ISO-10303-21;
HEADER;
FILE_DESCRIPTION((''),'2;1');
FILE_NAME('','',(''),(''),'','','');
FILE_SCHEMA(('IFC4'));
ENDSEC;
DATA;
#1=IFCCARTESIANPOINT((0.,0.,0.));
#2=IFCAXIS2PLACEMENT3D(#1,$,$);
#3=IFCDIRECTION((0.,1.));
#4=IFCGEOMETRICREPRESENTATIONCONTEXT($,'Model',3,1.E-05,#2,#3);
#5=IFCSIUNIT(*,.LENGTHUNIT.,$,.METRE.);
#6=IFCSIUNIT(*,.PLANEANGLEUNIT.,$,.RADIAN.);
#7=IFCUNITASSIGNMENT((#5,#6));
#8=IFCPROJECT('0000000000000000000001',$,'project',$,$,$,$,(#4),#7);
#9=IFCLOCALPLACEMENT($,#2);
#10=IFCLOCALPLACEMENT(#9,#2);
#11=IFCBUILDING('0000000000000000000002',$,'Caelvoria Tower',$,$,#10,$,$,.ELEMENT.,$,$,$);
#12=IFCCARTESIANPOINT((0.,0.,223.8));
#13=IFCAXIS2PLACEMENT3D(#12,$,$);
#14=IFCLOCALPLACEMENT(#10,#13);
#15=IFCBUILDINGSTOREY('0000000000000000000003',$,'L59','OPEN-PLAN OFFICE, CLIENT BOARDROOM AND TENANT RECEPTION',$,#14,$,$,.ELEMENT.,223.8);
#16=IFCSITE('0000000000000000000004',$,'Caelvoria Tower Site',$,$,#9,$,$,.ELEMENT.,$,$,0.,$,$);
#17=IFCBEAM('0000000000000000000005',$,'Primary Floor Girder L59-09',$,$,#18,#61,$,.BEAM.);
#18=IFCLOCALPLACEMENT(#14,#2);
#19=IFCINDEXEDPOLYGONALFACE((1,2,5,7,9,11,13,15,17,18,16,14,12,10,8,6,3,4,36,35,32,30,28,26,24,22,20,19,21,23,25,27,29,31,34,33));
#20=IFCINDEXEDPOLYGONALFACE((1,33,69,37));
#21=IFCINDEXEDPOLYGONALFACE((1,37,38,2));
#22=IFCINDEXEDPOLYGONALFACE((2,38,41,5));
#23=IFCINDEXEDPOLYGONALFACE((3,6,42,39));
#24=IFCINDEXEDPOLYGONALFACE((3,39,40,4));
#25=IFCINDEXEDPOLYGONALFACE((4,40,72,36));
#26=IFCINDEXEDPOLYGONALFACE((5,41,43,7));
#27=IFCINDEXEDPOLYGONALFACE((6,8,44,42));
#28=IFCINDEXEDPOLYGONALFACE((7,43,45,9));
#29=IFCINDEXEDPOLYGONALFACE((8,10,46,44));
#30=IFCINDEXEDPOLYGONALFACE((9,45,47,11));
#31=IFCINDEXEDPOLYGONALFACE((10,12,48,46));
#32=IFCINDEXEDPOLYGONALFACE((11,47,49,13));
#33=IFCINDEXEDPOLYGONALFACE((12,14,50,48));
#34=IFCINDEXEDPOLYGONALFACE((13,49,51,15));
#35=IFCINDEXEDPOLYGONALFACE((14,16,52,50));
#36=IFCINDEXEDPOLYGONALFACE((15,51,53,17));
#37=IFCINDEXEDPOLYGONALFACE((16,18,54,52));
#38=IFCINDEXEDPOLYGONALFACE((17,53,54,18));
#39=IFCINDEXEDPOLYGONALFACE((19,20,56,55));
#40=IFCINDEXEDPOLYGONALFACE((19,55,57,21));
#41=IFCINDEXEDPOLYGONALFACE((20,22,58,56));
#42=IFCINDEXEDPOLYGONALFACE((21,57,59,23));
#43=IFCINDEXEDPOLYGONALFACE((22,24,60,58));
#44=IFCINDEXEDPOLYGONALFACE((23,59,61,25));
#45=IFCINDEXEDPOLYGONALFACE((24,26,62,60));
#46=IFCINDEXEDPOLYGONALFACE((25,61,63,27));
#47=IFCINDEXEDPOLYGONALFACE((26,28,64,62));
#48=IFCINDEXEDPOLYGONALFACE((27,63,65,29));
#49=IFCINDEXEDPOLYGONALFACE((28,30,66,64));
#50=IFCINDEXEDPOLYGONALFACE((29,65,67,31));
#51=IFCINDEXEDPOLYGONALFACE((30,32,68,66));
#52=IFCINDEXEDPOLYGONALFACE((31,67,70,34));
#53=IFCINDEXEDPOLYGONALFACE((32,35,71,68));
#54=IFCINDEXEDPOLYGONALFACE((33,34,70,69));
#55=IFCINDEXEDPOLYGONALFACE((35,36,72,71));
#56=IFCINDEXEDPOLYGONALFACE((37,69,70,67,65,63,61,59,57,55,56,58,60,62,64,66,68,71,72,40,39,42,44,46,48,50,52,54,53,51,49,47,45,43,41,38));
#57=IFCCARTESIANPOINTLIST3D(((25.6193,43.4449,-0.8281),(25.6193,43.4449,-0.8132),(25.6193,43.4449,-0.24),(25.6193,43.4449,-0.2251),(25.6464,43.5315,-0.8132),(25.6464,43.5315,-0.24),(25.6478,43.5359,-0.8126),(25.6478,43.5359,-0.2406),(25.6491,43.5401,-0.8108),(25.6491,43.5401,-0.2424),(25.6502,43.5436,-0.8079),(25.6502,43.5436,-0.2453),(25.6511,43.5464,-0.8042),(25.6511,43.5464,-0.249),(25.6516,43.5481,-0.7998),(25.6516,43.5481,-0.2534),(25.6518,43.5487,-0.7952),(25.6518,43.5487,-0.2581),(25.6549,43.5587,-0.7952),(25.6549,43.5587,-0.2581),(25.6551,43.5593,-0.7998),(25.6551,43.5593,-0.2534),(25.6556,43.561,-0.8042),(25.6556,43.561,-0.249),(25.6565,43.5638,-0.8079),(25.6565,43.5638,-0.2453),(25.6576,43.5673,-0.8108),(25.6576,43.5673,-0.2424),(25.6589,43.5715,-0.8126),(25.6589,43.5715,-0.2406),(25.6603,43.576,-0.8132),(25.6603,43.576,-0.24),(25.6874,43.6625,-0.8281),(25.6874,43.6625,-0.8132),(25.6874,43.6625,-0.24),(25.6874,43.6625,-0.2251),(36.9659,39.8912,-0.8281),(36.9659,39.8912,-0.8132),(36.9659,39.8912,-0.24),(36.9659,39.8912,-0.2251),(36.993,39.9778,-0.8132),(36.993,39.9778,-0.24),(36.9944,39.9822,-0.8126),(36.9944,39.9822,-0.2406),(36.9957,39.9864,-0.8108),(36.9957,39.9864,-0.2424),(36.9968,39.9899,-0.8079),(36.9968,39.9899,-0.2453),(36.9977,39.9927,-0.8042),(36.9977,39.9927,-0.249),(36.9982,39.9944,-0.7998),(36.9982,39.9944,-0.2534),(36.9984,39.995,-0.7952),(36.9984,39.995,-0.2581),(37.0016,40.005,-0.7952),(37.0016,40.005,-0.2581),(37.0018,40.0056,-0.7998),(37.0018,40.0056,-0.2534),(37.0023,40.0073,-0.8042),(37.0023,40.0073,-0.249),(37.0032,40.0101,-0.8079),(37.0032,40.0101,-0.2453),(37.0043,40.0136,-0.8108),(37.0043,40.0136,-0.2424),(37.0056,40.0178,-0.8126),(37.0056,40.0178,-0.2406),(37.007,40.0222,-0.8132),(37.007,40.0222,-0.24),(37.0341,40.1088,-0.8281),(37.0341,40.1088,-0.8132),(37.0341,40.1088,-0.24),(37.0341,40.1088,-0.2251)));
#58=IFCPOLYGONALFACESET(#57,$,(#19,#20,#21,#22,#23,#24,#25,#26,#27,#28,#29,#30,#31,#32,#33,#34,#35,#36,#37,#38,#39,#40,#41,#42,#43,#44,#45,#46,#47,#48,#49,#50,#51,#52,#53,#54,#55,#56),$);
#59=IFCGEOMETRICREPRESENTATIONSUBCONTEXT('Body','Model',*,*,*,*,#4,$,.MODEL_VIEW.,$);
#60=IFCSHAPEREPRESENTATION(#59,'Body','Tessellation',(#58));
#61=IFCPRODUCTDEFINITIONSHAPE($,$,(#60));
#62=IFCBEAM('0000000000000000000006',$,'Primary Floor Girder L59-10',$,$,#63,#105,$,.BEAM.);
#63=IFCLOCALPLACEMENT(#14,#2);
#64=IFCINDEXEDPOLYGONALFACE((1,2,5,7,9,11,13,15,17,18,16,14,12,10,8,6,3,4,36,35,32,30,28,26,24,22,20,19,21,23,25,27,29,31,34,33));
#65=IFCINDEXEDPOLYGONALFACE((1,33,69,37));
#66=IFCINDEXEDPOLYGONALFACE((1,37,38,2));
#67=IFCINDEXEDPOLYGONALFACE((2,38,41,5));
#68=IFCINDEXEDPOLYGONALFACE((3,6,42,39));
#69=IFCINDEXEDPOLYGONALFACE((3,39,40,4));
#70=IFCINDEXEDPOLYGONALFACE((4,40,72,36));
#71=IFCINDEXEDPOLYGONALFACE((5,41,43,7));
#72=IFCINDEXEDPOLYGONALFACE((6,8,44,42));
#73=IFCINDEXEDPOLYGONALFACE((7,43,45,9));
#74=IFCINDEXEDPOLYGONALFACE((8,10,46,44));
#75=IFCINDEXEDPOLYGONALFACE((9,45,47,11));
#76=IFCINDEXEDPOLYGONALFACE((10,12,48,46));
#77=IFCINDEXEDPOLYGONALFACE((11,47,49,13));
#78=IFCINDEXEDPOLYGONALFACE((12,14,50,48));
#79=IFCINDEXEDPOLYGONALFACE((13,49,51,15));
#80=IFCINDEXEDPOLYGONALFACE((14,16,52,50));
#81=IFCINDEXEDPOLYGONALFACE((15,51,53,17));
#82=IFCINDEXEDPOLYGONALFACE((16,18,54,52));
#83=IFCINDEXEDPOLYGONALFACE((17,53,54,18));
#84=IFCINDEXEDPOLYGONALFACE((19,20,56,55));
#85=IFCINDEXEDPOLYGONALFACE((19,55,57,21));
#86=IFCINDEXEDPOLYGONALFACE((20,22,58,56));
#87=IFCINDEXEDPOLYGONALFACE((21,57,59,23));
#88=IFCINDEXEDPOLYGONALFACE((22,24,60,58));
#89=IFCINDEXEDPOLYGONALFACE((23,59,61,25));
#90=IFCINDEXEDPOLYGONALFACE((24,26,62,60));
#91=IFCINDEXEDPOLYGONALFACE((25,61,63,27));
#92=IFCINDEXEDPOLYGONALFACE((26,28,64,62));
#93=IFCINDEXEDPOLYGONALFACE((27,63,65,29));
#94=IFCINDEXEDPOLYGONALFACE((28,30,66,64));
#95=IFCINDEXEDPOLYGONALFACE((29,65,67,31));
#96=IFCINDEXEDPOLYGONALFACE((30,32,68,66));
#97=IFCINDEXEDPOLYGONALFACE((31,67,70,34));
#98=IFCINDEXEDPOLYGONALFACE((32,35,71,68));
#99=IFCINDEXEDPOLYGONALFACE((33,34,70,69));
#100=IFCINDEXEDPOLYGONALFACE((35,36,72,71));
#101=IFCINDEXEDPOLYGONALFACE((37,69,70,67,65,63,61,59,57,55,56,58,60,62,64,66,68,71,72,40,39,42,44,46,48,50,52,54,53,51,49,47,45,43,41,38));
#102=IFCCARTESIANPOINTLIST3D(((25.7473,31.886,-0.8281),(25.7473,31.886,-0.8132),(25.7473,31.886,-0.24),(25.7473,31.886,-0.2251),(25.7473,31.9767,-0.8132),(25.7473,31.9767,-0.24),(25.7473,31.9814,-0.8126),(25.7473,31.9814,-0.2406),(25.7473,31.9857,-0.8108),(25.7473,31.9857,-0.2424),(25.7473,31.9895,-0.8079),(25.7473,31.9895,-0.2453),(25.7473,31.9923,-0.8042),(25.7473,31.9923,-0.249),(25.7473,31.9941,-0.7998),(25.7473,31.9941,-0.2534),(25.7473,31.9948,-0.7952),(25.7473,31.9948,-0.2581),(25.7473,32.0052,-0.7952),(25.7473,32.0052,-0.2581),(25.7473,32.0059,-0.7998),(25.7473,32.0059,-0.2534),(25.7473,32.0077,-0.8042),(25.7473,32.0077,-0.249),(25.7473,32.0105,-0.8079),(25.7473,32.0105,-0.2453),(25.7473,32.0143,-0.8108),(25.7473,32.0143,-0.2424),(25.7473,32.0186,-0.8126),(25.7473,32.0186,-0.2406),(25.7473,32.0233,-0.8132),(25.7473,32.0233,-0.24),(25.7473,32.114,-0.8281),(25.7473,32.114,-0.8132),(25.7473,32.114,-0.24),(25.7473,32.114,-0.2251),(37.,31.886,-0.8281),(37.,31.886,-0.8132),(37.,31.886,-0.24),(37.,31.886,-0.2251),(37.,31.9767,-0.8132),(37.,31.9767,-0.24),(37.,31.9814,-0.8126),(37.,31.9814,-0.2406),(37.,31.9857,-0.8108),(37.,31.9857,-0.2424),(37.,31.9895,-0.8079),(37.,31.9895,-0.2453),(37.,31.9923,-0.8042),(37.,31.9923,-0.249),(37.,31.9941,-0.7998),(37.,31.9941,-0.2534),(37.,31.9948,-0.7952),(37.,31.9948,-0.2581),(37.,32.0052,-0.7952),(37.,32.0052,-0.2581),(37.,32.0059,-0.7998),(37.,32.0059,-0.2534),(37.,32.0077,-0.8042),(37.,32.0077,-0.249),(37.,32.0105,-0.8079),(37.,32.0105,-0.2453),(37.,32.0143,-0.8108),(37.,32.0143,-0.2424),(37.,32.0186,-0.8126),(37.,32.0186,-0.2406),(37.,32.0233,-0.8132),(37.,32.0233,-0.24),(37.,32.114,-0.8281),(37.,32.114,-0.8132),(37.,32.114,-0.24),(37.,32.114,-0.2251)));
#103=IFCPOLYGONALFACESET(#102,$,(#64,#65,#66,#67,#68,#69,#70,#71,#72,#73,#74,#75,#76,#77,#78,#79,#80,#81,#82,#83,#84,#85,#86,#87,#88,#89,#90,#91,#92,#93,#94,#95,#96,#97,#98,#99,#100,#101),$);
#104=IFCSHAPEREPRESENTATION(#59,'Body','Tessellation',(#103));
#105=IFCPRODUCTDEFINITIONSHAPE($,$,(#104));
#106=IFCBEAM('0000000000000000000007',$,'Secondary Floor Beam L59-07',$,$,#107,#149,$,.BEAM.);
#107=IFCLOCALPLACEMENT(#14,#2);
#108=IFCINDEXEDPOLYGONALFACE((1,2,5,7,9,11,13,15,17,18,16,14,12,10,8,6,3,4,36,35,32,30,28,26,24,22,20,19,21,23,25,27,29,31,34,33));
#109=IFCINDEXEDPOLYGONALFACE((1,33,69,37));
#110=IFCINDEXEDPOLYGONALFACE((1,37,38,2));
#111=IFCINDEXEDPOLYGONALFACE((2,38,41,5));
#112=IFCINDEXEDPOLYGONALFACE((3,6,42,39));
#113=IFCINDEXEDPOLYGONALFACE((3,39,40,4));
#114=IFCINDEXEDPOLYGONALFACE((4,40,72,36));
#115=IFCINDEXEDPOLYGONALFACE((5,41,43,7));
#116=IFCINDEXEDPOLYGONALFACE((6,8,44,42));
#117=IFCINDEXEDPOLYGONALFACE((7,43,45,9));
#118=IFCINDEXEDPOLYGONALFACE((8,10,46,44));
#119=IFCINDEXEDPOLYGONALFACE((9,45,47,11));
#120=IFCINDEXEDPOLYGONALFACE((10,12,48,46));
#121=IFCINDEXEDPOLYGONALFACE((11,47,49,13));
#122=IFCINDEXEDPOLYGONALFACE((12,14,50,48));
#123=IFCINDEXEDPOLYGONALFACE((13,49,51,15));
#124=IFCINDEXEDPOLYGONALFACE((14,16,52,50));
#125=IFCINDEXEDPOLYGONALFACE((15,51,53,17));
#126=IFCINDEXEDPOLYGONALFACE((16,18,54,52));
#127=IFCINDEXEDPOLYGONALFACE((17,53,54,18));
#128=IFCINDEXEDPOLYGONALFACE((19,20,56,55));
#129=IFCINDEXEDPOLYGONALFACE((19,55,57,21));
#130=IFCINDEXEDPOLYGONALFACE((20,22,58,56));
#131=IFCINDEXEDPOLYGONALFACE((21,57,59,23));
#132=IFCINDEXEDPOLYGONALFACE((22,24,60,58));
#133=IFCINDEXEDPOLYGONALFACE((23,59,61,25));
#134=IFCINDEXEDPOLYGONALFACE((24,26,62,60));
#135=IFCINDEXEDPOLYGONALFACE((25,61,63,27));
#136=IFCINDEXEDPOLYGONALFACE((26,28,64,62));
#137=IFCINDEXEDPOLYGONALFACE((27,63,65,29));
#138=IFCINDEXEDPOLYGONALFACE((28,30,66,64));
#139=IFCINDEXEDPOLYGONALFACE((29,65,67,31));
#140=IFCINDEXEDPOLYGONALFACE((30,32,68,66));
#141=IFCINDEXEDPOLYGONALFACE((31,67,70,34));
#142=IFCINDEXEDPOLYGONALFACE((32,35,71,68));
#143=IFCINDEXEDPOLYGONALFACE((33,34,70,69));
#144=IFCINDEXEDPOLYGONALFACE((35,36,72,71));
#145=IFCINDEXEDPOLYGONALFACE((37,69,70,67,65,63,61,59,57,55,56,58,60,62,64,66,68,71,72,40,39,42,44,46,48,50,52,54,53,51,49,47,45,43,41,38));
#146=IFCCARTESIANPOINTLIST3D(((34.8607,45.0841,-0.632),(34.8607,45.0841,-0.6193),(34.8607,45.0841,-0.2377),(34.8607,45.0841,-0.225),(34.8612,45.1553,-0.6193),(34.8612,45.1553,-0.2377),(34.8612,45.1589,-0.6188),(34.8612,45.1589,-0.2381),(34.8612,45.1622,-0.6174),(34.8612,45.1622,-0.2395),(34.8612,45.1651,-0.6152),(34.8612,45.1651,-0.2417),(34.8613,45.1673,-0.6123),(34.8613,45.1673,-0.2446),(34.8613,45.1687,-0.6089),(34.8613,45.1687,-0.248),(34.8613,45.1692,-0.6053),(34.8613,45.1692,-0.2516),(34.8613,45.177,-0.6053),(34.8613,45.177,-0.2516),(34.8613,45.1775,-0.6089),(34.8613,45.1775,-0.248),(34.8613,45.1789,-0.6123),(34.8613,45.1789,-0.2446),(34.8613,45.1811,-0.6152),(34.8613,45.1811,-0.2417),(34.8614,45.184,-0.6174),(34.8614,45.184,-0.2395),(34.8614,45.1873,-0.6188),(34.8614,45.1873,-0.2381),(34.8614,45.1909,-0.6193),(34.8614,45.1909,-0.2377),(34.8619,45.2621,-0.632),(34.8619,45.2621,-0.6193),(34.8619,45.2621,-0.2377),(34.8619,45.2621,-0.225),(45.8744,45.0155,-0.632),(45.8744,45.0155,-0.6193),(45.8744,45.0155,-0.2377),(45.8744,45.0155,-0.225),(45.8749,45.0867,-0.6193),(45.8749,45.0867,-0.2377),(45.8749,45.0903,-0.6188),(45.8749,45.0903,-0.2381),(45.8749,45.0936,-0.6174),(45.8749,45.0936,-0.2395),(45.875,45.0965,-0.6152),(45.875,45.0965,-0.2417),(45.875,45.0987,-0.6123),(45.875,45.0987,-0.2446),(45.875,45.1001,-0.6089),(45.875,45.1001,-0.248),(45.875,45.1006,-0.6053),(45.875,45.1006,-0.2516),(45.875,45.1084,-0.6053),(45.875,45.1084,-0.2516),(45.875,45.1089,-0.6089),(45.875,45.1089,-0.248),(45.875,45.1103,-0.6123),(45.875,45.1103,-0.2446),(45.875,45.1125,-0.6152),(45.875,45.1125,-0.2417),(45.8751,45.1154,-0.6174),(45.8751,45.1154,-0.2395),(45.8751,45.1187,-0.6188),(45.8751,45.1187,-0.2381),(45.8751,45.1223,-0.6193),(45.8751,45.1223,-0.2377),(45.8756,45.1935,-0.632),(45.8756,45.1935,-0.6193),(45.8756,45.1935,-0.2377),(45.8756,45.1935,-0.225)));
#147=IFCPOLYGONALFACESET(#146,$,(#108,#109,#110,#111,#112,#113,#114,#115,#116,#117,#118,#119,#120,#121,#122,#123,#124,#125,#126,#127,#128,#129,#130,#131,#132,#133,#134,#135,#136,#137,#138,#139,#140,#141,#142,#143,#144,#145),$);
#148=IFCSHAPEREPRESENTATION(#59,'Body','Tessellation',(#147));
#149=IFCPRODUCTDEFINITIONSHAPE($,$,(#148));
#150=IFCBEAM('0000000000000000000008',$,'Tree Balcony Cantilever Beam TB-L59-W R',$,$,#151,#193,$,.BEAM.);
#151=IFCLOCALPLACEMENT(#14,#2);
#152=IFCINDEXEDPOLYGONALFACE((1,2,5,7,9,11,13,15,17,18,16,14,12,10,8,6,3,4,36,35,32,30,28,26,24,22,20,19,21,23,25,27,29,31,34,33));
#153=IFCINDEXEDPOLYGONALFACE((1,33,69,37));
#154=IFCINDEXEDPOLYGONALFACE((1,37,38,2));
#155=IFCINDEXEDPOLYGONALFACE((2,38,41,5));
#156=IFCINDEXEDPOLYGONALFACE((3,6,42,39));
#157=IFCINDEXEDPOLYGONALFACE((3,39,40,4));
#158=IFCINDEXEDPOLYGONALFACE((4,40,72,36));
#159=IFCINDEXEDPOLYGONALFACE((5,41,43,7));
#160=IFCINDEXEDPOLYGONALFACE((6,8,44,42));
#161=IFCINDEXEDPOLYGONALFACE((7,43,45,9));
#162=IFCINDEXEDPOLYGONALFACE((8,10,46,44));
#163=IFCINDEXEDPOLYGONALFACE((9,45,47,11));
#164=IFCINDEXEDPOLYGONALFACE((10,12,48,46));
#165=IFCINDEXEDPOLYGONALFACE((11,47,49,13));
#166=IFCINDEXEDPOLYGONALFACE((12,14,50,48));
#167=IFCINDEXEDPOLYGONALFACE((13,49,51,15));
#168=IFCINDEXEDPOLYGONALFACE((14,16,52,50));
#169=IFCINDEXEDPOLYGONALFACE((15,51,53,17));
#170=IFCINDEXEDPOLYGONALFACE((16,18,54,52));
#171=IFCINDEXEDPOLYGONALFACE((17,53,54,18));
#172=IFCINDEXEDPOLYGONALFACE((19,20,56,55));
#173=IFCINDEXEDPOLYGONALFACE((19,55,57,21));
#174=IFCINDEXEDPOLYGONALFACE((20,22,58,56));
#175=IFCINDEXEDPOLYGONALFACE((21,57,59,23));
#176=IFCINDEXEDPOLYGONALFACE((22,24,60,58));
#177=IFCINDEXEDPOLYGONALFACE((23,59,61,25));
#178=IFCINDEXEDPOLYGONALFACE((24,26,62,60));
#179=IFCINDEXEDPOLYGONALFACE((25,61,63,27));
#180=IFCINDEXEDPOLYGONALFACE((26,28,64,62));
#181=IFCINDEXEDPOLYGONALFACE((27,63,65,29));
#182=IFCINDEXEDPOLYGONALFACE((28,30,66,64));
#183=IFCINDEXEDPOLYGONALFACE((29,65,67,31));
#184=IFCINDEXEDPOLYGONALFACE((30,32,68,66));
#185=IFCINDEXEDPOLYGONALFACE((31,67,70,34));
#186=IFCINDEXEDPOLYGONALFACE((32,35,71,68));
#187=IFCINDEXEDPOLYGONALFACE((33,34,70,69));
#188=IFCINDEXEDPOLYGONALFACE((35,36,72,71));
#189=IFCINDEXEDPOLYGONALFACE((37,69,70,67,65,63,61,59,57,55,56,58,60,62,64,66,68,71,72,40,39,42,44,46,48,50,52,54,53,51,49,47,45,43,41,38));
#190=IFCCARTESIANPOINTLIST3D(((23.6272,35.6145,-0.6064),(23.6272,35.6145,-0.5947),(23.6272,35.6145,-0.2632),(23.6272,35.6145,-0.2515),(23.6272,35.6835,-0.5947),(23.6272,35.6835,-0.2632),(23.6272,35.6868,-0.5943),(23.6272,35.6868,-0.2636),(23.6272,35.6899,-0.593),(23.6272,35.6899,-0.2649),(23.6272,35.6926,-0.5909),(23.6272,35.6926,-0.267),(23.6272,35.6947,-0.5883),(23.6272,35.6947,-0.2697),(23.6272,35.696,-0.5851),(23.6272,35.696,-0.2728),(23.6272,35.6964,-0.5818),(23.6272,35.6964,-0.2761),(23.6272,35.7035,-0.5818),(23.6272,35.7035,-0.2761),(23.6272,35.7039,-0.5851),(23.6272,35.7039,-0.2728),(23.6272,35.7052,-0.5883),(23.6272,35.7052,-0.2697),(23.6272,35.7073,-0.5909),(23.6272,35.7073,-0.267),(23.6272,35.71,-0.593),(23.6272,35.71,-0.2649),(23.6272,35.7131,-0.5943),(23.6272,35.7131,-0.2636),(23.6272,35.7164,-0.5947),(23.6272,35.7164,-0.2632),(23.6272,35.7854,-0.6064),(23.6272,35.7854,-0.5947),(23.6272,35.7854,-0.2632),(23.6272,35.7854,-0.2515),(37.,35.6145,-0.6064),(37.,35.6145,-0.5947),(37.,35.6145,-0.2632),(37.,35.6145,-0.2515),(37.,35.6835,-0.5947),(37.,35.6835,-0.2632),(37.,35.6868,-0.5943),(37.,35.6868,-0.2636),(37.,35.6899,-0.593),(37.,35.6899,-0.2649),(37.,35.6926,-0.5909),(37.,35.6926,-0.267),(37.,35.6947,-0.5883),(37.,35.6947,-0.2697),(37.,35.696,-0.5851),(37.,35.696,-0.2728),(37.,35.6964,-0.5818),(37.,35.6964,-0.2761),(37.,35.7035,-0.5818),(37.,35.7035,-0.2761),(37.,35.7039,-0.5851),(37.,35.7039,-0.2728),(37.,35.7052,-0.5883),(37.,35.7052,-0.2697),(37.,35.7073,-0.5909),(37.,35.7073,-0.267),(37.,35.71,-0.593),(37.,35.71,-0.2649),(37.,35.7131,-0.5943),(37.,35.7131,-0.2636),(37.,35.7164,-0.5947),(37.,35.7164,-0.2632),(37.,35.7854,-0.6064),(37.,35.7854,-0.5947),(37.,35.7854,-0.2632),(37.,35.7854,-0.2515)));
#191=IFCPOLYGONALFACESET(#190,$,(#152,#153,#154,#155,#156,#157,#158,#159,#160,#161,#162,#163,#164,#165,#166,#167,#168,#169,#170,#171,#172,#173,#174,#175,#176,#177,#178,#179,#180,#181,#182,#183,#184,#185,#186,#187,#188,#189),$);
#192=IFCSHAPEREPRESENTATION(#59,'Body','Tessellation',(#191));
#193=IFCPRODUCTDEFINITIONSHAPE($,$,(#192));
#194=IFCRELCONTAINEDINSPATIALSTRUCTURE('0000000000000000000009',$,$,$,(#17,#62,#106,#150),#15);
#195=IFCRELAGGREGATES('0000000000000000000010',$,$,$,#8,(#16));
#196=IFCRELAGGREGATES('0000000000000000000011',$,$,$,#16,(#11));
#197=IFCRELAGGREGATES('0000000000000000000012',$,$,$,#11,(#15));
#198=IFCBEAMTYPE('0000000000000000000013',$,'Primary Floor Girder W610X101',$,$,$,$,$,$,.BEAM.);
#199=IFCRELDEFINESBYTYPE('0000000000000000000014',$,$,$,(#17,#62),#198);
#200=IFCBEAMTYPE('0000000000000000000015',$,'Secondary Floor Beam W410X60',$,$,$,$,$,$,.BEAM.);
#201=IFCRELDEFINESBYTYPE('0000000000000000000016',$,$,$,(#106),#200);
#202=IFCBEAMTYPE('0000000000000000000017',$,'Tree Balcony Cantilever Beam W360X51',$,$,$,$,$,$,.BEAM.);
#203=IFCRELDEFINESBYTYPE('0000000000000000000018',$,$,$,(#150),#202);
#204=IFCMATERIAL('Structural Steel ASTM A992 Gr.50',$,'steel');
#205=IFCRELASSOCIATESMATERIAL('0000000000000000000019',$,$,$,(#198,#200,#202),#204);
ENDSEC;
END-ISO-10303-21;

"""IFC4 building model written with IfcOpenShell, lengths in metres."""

from ifc_helpers import new_model, si_unit, direction, frame, origin, origin_2d, place, context, subcontext, project, spatial, i_section, extrude, material, material_profile, profile_set, type_object, element, save


model = new_model("IFC4")

# Units and contexts
model_context = context("Model", 3, precision=1e-05, world=origin(), true_north=direction((0.0, 1.0)))
body_context = subcontext(model_context, "Body", "Model", "MODEL_VIEW")
ifc_project = project(units=[si_unit("LENGTHUNIT", "METRE"), si_unit("PLANEANGLEUNIT", "RADIAN")], contexts=[model_context])

# Site, building, storey
site_placement = place(None, origin())
site = spatial("IfcSite", under=ifc_project, at=site_placement, Name="Caelvoria Tower Site", CompositionType="ELEMENT", RefElevation=0.0)
building_placement = place(site_placement, origin())
building = spatial("IfcBuilding", under=site, at=building_placement, Name="Caelvoria Tower", CompositionType="ELEMENT")
storey_placement = place(building_placement, frame((0.0, 0.0, 223.8)))
storey = spatial("IfcBuildingStorey", under=building, at=storey_placement, Name="L59", Description="OPEN-PLAN OFFICE, CLIENT BOARDROOM AND TENANT RECEPTION", CompositionType="ELEMENT", Elevation=223.8)

# Shared definitions
ifc_material_1 = material(Name="Structural Steel ASTM A992 Gr.50", Category="steel")

# Beams
ifc_material_profile_1 = material_profile(ifc_material_1, i_section(OverallWidth=0.228, OverallDepth=0.603, WebThickness=0.0105, FlangeThickness=0.0149, FilletRadius=0.0181, at=origin_2d()), Name="Structural Steel ASTM A992 Gr.50")
ifc_profile_set_1 = profile_set([ifc_material_profile_1], Name="W610X101 - Structural Steel ASTM A992 Gr.50")
beam_type_1 = type_object("IfcBeamType", Name="Primary Floor Girder W610X101", PredefinedType="BEAM", material=ifc_profile_set_1)
beam_1_placement = place(storey_placement, frame((37.0, 40.0, -0.5266), z_axis=(-0.954291, 0.298878, 0.0), x_axis=(-0.298878, -0.954291, 0.0)))
element("IfcBeam", 1, at=beam_1_placement, inside=storey, type_object=beam_type_1, Name="Primary Floor Girder L59-09", PredefinedType="BEAM", context=body_context, shape_type="SweptSolid", body=[
    extrude(i_section(OverallWidth=0.228, OverallDepth=0.603, WebThickness=0.0105, FlangeThickness=0.0149, FilletRadius=0.0181, at=origin_2d()), origin(), (0.0, 0.0, 1.0), 11.8901),
])
beam_2_placement = place(storey_placement, frame((37.0, 32.0, -0.5266), z_axis=(-1.0, 0.0, 0.0), x_axis=(0.0, -1.0, 0.0)))
element("IfcBeam", 2, at=beam_2_placement, inside=storey, type_object=beam_type_1, Name="Primary Floor Girder L59-10", PredefinedType="BEAM", context=body_context, shape_type="SweptSolid", body=[
    extrude(i_section(OverallWidth=0.228, OverallDepth=0.603, WebThickness=0.0105, FlangeThickness=0.0149, FilletRadius=0.0181, at=origin_2d()), origin(), (0.0, 0.0, 1.0), 11.2527),
])
ifc_material_profile_2 = material_profile(ifc_material_1, i_section(OverallWidth=0.178, OverallDepth=0.407, WebThickness=0.0078, FlangeThickness=0.0127, FilletRadius=0.0139, at=origin_2d()), Name="Structural Steel ASTM A992 Gr.50")
ifc_profile_set_2 = profile_set([ifc_material_profile_2], Name="W410X60 - Structural Steel ASTM A992 Gr.50")
beam_type_2 = type_object("IfcBeamType", Name="Secondary Floor Beam W410X60", PredefinedType="BEAM", material=ifc_profile_set_2)
beam_3_placement = place(storey_placement, frame((45.875, 45.1045, -0.4285), z_axis=(-0.999981, 0.006229, 0.0), x_axis=(-0.006229, -0.999981, 0.0)))
element("IfcBeam", 3, at=beam_3_placement, inside=storey, type_object=beam_type_2, Name="Secondary Floor Beam L59-07", PredefinedType="BEAM", context=body_context, shape_type="SweptSolid", body=[
    extrude(i_section(OverallWidth=0.178, OverallDepth=0.407, WebThickness=0.0078, FlangeThickness=0.0127, FilletRadius=0.0139, at=origin_2d()), origin(), (0.0, 0.0, 1.0), 11.0139),
])
ifc_material_profile_3 = material_profile(ifc_material_1, i_section(OverallWidth=0.1709, OverallDepth=0.355, WebThickness=0.0071, FlangeThickness=0.0117, FilletRadius=0.0129, at=origin_2d()), Name="Structural Steel ASTM A992 Gr.50")
ifc_profile_set_3 = profile_set([ifc_material_profile_3], Name="W360X51 - Structural Steel ASTM A992 Gr.50")
beam_type_3 = type_object("IfcBeamType", Name="Tree Balcony Cantilever Beam W360X51", PredefinedType="BEAM", material=ifc_profile_set_3)
beam_4_placement = place(storey_placement, frame((37.0, 35.7, -0.429), z_axis=(-1.0, 0.0, 0.0), x_axis=(0.0, -1.0, 0.0)))
element("IfcBeam", 4, at=beam_4_placement, inside=storey, type_object=beam_type_3, Name="Tree Balcony Cantilever Beam TB-L59-W R", PredefinedType="BEAM", context=body_context, shape_type="SweptSolid", body=[
    extrude(i_section(OverallWidth=0.1709, OverallDepth=0.355, WebThickness=0.0071, FlangeThickness=0.0117, FilletRadius=0.0129, at=origin_2d()), origin(), (0.0, 0.0, 1.0), 13.3728),
])

save(model, "model.ifc")
